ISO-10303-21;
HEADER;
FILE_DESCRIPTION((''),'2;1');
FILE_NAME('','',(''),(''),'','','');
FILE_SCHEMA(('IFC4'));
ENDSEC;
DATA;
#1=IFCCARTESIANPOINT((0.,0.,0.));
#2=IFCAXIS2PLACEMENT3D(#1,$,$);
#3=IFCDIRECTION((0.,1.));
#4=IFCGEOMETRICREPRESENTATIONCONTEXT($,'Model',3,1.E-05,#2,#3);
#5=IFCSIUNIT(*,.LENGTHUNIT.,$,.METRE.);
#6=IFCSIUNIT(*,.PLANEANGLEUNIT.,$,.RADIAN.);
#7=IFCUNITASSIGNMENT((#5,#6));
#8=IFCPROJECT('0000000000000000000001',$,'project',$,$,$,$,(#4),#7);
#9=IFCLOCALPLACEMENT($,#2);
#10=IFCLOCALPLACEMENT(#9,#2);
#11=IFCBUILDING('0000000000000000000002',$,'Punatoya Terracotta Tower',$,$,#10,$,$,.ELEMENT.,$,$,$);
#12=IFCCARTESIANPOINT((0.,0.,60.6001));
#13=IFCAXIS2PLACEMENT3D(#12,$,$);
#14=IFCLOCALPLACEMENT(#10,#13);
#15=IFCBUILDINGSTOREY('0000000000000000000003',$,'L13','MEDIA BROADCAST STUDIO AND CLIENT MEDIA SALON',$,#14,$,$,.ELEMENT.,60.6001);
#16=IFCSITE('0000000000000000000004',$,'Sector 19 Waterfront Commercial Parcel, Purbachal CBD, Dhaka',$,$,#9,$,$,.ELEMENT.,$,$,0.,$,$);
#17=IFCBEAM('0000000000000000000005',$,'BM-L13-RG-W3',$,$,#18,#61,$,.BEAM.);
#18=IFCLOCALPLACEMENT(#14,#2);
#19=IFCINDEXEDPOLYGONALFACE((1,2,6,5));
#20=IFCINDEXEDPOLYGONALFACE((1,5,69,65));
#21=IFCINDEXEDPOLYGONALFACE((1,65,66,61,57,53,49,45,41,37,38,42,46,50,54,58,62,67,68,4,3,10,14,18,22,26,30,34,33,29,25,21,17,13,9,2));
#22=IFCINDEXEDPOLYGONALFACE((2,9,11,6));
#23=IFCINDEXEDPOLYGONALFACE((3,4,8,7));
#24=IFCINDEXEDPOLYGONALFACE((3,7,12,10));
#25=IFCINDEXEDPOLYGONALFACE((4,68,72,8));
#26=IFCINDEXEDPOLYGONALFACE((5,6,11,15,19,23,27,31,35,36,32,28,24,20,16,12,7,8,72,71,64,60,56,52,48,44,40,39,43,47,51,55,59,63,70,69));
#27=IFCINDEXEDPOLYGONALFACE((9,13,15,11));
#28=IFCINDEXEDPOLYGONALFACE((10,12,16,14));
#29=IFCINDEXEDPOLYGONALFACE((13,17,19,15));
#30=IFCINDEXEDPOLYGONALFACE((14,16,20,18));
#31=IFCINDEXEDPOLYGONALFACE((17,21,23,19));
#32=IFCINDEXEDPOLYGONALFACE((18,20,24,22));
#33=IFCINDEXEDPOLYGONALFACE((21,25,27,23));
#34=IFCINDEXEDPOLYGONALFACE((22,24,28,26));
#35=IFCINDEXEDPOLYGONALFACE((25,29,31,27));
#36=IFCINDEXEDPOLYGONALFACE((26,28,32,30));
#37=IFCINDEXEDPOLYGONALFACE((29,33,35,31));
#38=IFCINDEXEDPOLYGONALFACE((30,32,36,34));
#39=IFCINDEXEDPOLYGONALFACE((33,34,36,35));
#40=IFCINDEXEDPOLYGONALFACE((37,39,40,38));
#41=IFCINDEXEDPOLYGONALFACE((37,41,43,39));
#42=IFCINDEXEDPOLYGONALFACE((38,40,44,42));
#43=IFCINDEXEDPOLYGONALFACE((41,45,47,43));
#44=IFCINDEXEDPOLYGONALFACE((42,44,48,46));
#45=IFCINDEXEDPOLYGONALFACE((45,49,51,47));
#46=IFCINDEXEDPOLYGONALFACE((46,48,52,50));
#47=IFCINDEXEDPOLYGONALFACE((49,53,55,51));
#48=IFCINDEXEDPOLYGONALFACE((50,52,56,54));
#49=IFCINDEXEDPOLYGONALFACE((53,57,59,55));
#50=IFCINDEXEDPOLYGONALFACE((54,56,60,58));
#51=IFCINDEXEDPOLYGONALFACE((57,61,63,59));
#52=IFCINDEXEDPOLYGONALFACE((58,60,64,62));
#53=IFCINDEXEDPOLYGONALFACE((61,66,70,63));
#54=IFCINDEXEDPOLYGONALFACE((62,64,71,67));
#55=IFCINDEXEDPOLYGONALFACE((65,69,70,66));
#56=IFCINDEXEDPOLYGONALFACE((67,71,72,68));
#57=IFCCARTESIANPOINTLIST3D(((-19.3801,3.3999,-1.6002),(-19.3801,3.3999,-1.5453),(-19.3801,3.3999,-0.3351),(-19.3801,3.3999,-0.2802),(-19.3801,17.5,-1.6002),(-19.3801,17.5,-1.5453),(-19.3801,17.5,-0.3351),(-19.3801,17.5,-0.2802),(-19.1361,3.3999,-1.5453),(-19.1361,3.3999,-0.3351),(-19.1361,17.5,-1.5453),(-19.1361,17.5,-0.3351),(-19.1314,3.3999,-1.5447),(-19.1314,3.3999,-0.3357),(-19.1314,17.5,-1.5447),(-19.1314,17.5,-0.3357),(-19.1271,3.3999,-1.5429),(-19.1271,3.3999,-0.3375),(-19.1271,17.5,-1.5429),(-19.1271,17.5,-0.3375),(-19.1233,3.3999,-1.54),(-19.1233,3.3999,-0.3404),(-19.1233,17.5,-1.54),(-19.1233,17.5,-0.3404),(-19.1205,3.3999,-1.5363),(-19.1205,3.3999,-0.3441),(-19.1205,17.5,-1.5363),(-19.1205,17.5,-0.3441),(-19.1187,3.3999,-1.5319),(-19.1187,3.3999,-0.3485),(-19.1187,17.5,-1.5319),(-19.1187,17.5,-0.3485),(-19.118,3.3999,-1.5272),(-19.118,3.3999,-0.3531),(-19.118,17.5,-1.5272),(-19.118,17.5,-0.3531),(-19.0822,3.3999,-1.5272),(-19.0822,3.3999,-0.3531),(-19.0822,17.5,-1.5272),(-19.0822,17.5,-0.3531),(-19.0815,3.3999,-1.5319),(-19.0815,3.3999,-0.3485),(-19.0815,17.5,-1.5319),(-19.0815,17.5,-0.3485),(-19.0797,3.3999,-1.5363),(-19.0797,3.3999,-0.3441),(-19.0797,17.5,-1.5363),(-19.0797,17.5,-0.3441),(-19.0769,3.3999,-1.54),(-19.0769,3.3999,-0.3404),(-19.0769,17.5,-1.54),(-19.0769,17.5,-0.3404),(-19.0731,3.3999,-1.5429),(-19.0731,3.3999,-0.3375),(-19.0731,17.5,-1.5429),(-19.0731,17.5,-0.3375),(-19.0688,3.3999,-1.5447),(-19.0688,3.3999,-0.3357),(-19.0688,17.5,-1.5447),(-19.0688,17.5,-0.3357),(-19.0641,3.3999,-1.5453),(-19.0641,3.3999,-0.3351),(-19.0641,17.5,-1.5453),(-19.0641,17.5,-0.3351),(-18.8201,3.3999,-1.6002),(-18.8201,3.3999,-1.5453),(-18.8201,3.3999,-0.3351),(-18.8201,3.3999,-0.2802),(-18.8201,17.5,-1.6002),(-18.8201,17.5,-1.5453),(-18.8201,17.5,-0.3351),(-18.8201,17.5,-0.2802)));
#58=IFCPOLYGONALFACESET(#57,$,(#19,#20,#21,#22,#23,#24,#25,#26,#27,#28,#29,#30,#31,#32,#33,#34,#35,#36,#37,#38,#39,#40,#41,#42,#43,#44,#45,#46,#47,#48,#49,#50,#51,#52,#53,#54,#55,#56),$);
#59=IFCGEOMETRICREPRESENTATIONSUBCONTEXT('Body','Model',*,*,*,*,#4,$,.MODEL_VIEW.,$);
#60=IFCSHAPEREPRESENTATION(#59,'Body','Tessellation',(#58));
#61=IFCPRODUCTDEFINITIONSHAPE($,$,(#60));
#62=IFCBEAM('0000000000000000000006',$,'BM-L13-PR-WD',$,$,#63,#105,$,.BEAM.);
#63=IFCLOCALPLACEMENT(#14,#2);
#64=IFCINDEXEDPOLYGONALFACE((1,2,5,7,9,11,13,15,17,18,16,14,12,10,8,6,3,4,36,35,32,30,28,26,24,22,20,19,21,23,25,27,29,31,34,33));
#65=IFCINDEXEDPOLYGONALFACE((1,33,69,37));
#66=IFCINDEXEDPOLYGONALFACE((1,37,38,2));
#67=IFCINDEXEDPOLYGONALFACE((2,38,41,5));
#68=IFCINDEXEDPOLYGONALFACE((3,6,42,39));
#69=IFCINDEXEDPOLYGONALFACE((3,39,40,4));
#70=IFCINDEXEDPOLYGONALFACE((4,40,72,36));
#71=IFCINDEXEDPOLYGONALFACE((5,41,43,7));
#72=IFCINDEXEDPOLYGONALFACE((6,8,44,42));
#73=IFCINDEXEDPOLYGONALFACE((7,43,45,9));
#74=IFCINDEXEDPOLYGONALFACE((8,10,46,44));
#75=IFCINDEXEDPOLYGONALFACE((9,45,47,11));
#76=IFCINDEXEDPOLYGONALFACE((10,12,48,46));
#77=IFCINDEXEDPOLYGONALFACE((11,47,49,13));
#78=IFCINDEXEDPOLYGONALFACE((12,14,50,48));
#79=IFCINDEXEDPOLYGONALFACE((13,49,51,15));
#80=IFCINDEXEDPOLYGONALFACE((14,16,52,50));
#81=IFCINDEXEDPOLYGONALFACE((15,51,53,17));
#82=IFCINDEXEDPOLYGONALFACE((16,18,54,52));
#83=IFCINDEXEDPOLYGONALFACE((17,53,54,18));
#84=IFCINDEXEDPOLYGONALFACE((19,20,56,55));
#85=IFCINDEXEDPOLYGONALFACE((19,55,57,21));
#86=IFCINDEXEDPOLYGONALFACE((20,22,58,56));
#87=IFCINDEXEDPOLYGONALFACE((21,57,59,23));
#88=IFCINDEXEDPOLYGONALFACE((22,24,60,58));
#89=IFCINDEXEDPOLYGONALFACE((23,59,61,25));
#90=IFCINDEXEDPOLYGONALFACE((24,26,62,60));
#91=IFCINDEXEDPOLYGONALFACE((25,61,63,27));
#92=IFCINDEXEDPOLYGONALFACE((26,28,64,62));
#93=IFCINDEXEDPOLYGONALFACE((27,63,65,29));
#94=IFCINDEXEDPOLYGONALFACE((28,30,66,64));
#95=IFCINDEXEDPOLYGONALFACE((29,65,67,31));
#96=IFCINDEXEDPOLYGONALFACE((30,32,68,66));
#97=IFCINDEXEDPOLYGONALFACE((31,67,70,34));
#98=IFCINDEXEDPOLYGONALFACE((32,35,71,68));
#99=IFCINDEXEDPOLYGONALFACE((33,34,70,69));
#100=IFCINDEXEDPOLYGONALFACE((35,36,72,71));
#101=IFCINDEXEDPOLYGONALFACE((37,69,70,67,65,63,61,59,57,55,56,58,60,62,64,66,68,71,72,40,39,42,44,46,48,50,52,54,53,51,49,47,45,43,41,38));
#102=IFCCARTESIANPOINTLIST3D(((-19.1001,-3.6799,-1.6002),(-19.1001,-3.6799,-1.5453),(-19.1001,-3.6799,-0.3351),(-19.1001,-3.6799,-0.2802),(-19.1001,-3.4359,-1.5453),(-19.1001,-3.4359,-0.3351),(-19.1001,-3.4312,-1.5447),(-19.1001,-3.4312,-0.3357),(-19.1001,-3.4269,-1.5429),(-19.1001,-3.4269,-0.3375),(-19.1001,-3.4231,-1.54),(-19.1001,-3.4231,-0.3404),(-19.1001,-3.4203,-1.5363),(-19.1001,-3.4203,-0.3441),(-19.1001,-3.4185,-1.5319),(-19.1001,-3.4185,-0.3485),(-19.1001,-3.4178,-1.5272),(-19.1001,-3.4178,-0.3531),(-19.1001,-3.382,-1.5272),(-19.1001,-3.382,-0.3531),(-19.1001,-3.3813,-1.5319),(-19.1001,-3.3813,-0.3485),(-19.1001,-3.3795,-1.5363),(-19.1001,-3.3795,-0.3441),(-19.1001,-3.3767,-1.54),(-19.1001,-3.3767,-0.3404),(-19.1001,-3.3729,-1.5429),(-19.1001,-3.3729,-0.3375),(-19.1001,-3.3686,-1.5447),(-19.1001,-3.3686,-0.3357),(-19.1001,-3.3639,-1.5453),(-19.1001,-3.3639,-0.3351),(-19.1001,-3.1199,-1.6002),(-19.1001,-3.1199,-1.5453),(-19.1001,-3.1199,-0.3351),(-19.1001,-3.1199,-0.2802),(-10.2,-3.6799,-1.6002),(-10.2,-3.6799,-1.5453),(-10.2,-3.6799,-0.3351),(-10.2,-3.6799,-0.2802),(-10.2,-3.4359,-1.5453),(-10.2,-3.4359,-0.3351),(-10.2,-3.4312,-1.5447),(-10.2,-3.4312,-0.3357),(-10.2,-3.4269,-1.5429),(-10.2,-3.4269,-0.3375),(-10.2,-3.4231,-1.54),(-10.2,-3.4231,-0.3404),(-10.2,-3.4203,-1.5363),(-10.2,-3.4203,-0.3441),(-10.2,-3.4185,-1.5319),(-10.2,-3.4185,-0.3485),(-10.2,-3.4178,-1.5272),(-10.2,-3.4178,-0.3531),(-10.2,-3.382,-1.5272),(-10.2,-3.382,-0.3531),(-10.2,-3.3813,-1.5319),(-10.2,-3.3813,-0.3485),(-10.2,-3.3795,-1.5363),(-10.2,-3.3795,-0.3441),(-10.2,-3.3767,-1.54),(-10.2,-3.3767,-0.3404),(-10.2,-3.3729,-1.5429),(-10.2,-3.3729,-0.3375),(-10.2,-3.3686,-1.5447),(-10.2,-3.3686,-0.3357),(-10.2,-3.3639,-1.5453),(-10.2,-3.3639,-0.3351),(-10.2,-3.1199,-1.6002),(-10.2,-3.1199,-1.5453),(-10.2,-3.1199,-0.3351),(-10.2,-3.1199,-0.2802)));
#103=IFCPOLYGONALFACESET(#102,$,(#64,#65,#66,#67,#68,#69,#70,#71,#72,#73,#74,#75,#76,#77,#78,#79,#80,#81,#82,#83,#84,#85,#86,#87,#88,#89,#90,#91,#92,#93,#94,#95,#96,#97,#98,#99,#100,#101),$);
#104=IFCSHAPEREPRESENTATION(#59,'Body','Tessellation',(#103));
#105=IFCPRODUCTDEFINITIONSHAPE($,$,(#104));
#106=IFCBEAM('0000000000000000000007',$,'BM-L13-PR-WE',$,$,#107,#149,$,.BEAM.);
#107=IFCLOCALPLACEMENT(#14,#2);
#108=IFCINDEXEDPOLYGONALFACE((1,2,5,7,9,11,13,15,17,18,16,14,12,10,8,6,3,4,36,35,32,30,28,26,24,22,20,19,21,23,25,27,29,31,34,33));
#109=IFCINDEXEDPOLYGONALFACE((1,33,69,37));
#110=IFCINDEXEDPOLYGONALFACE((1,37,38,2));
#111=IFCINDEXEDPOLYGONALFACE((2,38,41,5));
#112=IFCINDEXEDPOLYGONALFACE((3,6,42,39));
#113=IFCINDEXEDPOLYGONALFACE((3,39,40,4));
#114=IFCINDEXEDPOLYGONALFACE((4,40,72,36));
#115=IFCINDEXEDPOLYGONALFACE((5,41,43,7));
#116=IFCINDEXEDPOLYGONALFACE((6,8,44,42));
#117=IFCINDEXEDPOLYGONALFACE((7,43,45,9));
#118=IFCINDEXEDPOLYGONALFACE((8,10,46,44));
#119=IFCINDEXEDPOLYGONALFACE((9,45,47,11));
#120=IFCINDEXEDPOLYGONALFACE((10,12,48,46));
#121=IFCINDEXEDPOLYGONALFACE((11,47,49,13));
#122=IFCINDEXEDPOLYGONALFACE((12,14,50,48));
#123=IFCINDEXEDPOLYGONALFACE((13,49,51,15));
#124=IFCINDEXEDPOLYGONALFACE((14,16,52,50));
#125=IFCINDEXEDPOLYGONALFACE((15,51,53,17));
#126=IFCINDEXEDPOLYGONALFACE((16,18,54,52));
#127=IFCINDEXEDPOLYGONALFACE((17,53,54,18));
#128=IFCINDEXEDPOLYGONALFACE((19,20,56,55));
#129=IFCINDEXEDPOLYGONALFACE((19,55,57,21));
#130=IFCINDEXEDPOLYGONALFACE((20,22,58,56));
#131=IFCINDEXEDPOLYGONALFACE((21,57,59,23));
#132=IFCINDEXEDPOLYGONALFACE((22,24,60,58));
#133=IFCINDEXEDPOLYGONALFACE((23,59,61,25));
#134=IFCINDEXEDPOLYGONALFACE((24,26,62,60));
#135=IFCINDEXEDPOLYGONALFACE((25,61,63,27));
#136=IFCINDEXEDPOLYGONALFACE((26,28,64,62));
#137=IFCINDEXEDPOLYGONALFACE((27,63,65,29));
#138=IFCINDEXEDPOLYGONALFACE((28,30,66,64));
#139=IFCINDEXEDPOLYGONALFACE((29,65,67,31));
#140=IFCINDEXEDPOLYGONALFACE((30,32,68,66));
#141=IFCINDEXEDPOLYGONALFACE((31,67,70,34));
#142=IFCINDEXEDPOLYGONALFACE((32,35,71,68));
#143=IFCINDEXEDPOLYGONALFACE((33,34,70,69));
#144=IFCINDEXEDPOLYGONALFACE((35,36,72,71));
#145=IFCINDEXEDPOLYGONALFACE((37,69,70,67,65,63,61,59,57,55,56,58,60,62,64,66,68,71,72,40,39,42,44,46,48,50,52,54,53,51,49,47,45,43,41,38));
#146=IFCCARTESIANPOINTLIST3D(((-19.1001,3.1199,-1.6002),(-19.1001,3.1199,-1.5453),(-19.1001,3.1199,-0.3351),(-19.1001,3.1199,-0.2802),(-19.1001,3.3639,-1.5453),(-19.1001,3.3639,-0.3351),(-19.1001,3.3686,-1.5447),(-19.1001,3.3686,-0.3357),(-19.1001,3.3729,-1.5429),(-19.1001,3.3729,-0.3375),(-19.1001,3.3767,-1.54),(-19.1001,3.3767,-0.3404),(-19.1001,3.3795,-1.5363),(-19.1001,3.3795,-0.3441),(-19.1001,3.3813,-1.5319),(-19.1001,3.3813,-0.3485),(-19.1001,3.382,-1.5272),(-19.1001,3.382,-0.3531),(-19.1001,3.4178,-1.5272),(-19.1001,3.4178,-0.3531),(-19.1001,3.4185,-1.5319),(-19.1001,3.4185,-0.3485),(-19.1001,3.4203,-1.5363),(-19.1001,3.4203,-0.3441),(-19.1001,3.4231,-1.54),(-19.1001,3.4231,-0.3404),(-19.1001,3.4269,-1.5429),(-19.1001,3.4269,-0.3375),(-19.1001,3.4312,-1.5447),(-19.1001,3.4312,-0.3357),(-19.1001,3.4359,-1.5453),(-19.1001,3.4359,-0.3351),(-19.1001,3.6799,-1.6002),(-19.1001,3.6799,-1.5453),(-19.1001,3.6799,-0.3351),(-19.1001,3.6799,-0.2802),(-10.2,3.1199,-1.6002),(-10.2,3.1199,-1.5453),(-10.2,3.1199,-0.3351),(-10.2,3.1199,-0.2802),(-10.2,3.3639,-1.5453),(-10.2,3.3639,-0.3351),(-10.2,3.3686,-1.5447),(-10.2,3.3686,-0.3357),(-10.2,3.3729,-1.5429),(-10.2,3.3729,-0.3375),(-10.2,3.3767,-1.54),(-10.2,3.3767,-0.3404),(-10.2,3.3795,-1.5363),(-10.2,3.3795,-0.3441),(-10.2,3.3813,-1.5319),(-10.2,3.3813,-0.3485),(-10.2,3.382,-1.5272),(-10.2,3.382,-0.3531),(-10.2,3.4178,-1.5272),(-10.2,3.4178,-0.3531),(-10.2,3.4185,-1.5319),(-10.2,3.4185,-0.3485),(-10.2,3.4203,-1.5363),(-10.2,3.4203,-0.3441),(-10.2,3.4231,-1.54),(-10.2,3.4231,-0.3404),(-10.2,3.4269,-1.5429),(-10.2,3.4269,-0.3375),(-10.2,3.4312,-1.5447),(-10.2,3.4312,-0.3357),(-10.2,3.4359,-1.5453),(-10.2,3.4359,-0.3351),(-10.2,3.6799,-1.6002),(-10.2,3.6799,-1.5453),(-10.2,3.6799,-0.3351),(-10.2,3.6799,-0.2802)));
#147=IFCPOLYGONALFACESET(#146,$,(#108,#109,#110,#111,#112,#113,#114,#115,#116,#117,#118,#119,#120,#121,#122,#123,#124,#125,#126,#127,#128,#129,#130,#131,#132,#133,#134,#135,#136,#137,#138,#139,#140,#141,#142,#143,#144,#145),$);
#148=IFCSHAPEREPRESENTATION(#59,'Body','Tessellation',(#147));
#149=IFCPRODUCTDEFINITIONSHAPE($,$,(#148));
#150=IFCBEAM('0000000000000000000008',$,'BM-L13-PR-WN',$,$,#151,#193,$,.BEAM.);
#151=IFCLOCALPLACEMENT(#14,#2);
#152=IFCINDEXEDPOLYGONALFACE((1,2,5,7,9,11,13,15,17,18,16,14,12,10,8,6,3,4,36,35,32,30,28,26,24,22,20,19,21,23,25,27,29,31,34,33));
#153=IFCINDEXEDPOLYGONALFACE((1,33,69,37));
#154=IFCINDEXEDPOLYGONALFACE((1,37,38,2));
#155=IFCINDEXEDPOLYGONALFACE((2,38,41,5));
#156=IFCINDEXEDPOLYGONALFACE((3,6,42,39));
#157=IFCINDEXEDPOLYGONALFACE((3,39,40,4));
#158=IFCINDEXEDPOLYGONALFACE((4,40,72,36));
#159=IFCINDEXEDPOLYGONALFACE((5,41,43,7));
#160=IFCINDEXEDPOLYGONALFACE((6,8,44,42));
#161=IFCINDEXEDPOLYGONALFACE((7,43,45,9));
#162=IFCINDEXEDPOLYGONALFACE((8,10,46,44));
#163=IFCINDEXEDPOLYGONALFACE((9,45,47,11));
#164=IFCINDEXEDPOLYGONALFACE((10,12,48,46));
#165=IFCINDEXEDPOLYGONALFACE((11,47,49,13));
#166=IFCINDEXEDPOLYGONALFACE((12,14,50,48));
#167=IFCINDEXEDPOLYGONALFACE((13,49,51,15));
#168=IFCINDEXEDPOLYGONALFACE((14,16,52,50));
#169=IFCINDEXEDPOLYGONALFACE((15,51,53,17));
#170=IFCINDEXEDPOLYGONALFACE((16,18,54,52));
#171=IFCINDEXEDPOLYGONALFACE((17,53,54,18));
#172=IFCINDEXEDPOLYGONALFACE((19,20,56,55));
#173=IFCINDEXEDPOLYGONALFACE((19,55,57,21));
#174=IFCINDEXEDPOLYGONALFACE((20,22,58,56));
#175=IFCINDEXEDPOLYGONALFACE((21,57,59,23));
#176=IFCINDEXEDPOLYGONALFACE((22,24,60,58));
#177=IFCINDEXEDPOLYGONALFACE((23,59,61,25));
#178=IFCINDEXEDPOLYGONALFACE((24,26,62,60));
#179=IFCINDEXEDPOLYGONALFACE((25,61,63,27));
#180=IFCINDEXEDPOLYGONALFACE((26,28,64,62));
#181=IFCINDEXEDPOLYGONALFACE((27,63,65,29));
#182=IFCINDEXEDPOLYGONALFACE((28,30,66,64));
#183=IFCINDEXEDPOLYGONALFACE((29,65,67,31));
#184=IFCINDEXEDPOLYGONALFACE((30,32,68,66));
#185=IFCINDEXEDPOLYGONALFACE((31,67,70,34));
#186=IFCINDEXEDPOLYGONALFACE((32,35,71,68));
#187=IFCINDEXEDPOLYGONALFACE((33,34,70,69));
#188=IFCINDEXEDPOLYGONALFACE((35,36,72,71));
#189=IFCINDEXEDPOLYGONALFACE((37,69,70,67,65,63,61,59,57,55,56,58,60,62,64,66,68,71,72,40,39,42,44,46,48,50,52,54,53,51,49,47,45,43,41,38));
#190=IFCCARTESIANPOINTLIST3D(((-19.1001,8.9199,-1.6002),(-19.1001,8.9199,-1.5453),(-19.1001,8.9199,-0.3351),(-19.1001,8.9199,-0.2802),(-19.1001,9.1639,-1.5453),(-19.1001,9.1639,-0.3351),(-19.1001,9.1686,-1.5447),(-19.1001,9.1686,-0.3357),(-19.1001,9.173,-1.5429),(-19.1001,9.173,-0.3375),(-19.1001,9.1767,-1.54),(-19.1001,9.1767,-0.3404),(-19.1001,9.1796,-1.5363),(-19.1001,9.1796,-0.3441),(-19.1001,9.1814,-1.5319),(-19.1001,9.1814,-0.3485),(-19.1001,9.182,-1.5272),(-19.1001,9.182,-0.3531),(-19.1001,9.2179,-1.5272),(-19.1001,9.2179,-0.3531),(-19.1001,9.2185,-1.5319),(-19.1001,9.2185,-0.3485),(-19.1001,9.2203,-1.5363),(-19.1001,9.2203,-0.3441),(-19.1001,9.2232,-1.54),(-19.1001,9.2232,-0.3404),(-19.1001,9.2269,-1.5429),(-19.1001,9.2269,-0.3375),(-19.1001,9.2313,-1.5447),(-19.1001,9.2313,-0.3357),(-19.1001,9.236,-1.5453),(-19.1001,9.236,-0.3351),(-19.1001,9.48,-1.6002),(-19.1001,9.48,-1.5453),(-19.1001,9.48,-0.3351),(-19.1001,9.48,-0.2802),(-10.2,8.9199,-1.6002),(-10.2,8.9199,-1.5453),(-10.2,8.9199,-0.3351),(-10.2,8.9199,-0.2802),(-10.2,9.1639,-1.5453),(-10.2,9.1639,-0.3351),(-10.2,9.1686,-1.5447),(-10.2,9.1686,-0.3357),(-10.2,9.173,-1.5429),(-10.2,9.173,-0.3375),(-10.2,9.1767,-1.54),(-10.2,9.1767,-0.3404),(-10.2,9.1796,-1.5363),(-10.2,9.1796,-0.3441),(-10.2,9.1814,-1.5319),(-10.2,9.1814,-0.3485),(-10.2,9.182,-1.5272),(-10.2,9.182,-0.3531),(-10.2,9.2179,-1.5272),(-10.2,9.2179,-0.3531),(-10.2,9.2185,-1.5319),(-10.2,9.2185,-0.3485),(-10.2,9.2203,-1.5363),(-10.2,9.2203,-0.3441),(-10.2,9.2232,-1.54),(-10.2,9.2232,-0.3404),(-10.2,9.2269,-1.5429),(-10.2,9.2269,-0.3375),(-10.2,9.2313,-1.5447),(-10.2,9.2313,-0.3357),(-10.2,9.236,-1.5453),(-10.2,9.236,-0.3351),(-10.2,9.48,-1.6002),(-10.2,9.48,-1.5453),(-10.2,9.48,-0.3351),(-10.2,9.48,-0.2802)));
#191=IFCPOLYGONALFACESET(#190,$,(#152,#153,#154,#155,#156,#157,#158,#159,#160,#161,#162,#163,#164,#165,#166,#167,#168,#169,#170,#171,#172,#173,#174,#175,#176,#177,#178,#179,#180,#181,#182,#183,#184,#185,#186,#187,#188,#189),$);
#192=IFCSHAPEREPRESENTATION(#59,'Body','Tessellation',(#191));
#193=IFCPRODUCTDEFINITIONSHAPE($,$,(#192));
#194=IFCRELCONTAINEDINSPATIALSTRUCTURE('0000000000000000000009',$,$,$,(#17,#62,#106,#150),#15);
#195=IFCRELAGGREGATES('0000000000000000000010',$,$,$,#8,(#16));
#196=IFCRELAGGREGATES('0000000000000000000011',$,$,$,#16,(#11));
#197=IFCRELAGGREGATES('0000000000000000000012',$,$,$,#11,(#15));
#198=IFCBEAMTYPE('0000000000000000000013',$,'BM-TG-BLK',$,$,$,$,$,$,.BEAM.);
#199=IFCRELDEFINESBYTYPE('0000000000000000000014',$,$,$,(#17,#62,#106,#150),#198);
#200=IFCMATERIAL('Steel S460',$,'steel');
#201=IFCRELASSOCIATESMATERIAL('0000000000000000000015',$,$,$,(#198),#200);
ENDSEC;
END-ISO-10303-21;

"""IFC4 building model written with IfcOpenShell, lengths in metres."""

from ifc_helpers import new_model, si_unit, direction, frame, origin, origin_2d, place, context, subcontext, project, spatial, i_section, extrude, material, material_profile, profile_set, type_object, element, save


model = new_model("IFC4")

# Units and contexts
model_context = context("Model", 3, precision=1e-05, world=origin(), true_north=direction((0.0, 1.0)))
body_context = subcontext(model_context, "Body", "Model", "MODEL_VIEW")
ifc_project = project(units=[si_unit("LENGTHUNIT", "METRE"), si_unit("PLANEANGLEUNIT", "RADIAN")], contexts=[model_context])

# Site, building, storey
site_placement = place(None, origin())
site = spatial("IfcSite", under=ifc_project, at=site_placement, Name="Sector 19 Waterfront Commercial Parcel, Purbachal CBD, Dhaka", CompositionType="ELEMENT", RefElevation=0.0)
building_placement = place(site_placement, origin())
building = spatial("IfcBuilding", under=site, at=building_placement, Name="Punatoya Terracotta Tower", CompositionType="ELEMENT")
storey_placement = place(building_placement, frame((0.0, 0.0, 60.6001)))
storey = spatial("IfcBuildingStorey", under=building, at=storey_placement, Name="L13", Description="MEDIA BROADCAST STUDIO AND CLIENT MEDIA SALON", CompositionType="ELEMENT", Elevation=60.6001)

# Shared definitions
ifc_material_1 = material(Name="Steel S460", Category="steel")

# Beams
ifc_material_profile_1 = material_profile(ifc_material_1, i_section(OverallWidth=0.5601, OverallDepth=1.3201, WebThickness=0.0359, FlangeThickness=0.0549, FilletRadius=0.0181, at=origin_2d()))
ifc_profile_set_1 = profile_set([ifc_material_profile_1], Name="Steel S460")
beam_type_1 = type_object("IfcBeamType", Name="BM-TG-BLK", PredefinedType="BEAM", material=ifc_profile_set_1)
beam_1_placement = place(storey_placement, frame((-19.1001, 3.3999, -0.9402), z_axis=(0.0, 1.0, 0.0), x_axis=(-1.0, 0.0, 0.0)))
element("IfcBeam", 1, at=beam_1_placement, inside=storey, type_object=beam_type_1, Name="BM-L13-RG-W3", PredefinedType="BEAM", context=body_context, shape_type="SweptSolid", body=[
    extrude(i_section(OverallWidth=0.5601, OverallDepth=1.3201, WebThickness=0.0359, FlangeThickness=0.0549, FilletRadius=0.0181, at=origin_2d()), origin(), (0.0, 0.0, 1.0), 14.1001),
])
for number, where, z_axis, x_axis, name in (
    (2, (-19.1001, -3.3999, -0.9402), (1.0, 0.0, 0.0), (0.0, 1.0, 0.0), "BM-L13-PR-WD"),
    (3, (-19.1001, 3.3999, -0.9402), (1.0, 0.0, 0.0), (0.0, 1.0, 0.0), "BM-L13-PR-WE"),
    (4, (-19.1001, 9.2, -0.9402), (1.0, 0.0, 0.0), (0.0, 1.0, 0.0), "BM-L13-PR-WN"),
):
    element("IfcBeam", number, at=place(storey_placement, frame(where, z_axis=z_axis, x_axis=x_axis)), inside=storey, type_object=beam_type_1, Name=name, PredefinedType="BEAM", context=body_context, shape_type="SweptSolid", body=[
        extrude(i_section(OverallWidth=0.5601, OverallDepth=1.3201, WebThickness=0.0359, FlangeThickness=0.0549, FilletRadius=0.0181, at=origin_2d()), origin(), (0.0, 0.0, 1.0), 8.9001),
    ])

save(model, "model.ifc")
